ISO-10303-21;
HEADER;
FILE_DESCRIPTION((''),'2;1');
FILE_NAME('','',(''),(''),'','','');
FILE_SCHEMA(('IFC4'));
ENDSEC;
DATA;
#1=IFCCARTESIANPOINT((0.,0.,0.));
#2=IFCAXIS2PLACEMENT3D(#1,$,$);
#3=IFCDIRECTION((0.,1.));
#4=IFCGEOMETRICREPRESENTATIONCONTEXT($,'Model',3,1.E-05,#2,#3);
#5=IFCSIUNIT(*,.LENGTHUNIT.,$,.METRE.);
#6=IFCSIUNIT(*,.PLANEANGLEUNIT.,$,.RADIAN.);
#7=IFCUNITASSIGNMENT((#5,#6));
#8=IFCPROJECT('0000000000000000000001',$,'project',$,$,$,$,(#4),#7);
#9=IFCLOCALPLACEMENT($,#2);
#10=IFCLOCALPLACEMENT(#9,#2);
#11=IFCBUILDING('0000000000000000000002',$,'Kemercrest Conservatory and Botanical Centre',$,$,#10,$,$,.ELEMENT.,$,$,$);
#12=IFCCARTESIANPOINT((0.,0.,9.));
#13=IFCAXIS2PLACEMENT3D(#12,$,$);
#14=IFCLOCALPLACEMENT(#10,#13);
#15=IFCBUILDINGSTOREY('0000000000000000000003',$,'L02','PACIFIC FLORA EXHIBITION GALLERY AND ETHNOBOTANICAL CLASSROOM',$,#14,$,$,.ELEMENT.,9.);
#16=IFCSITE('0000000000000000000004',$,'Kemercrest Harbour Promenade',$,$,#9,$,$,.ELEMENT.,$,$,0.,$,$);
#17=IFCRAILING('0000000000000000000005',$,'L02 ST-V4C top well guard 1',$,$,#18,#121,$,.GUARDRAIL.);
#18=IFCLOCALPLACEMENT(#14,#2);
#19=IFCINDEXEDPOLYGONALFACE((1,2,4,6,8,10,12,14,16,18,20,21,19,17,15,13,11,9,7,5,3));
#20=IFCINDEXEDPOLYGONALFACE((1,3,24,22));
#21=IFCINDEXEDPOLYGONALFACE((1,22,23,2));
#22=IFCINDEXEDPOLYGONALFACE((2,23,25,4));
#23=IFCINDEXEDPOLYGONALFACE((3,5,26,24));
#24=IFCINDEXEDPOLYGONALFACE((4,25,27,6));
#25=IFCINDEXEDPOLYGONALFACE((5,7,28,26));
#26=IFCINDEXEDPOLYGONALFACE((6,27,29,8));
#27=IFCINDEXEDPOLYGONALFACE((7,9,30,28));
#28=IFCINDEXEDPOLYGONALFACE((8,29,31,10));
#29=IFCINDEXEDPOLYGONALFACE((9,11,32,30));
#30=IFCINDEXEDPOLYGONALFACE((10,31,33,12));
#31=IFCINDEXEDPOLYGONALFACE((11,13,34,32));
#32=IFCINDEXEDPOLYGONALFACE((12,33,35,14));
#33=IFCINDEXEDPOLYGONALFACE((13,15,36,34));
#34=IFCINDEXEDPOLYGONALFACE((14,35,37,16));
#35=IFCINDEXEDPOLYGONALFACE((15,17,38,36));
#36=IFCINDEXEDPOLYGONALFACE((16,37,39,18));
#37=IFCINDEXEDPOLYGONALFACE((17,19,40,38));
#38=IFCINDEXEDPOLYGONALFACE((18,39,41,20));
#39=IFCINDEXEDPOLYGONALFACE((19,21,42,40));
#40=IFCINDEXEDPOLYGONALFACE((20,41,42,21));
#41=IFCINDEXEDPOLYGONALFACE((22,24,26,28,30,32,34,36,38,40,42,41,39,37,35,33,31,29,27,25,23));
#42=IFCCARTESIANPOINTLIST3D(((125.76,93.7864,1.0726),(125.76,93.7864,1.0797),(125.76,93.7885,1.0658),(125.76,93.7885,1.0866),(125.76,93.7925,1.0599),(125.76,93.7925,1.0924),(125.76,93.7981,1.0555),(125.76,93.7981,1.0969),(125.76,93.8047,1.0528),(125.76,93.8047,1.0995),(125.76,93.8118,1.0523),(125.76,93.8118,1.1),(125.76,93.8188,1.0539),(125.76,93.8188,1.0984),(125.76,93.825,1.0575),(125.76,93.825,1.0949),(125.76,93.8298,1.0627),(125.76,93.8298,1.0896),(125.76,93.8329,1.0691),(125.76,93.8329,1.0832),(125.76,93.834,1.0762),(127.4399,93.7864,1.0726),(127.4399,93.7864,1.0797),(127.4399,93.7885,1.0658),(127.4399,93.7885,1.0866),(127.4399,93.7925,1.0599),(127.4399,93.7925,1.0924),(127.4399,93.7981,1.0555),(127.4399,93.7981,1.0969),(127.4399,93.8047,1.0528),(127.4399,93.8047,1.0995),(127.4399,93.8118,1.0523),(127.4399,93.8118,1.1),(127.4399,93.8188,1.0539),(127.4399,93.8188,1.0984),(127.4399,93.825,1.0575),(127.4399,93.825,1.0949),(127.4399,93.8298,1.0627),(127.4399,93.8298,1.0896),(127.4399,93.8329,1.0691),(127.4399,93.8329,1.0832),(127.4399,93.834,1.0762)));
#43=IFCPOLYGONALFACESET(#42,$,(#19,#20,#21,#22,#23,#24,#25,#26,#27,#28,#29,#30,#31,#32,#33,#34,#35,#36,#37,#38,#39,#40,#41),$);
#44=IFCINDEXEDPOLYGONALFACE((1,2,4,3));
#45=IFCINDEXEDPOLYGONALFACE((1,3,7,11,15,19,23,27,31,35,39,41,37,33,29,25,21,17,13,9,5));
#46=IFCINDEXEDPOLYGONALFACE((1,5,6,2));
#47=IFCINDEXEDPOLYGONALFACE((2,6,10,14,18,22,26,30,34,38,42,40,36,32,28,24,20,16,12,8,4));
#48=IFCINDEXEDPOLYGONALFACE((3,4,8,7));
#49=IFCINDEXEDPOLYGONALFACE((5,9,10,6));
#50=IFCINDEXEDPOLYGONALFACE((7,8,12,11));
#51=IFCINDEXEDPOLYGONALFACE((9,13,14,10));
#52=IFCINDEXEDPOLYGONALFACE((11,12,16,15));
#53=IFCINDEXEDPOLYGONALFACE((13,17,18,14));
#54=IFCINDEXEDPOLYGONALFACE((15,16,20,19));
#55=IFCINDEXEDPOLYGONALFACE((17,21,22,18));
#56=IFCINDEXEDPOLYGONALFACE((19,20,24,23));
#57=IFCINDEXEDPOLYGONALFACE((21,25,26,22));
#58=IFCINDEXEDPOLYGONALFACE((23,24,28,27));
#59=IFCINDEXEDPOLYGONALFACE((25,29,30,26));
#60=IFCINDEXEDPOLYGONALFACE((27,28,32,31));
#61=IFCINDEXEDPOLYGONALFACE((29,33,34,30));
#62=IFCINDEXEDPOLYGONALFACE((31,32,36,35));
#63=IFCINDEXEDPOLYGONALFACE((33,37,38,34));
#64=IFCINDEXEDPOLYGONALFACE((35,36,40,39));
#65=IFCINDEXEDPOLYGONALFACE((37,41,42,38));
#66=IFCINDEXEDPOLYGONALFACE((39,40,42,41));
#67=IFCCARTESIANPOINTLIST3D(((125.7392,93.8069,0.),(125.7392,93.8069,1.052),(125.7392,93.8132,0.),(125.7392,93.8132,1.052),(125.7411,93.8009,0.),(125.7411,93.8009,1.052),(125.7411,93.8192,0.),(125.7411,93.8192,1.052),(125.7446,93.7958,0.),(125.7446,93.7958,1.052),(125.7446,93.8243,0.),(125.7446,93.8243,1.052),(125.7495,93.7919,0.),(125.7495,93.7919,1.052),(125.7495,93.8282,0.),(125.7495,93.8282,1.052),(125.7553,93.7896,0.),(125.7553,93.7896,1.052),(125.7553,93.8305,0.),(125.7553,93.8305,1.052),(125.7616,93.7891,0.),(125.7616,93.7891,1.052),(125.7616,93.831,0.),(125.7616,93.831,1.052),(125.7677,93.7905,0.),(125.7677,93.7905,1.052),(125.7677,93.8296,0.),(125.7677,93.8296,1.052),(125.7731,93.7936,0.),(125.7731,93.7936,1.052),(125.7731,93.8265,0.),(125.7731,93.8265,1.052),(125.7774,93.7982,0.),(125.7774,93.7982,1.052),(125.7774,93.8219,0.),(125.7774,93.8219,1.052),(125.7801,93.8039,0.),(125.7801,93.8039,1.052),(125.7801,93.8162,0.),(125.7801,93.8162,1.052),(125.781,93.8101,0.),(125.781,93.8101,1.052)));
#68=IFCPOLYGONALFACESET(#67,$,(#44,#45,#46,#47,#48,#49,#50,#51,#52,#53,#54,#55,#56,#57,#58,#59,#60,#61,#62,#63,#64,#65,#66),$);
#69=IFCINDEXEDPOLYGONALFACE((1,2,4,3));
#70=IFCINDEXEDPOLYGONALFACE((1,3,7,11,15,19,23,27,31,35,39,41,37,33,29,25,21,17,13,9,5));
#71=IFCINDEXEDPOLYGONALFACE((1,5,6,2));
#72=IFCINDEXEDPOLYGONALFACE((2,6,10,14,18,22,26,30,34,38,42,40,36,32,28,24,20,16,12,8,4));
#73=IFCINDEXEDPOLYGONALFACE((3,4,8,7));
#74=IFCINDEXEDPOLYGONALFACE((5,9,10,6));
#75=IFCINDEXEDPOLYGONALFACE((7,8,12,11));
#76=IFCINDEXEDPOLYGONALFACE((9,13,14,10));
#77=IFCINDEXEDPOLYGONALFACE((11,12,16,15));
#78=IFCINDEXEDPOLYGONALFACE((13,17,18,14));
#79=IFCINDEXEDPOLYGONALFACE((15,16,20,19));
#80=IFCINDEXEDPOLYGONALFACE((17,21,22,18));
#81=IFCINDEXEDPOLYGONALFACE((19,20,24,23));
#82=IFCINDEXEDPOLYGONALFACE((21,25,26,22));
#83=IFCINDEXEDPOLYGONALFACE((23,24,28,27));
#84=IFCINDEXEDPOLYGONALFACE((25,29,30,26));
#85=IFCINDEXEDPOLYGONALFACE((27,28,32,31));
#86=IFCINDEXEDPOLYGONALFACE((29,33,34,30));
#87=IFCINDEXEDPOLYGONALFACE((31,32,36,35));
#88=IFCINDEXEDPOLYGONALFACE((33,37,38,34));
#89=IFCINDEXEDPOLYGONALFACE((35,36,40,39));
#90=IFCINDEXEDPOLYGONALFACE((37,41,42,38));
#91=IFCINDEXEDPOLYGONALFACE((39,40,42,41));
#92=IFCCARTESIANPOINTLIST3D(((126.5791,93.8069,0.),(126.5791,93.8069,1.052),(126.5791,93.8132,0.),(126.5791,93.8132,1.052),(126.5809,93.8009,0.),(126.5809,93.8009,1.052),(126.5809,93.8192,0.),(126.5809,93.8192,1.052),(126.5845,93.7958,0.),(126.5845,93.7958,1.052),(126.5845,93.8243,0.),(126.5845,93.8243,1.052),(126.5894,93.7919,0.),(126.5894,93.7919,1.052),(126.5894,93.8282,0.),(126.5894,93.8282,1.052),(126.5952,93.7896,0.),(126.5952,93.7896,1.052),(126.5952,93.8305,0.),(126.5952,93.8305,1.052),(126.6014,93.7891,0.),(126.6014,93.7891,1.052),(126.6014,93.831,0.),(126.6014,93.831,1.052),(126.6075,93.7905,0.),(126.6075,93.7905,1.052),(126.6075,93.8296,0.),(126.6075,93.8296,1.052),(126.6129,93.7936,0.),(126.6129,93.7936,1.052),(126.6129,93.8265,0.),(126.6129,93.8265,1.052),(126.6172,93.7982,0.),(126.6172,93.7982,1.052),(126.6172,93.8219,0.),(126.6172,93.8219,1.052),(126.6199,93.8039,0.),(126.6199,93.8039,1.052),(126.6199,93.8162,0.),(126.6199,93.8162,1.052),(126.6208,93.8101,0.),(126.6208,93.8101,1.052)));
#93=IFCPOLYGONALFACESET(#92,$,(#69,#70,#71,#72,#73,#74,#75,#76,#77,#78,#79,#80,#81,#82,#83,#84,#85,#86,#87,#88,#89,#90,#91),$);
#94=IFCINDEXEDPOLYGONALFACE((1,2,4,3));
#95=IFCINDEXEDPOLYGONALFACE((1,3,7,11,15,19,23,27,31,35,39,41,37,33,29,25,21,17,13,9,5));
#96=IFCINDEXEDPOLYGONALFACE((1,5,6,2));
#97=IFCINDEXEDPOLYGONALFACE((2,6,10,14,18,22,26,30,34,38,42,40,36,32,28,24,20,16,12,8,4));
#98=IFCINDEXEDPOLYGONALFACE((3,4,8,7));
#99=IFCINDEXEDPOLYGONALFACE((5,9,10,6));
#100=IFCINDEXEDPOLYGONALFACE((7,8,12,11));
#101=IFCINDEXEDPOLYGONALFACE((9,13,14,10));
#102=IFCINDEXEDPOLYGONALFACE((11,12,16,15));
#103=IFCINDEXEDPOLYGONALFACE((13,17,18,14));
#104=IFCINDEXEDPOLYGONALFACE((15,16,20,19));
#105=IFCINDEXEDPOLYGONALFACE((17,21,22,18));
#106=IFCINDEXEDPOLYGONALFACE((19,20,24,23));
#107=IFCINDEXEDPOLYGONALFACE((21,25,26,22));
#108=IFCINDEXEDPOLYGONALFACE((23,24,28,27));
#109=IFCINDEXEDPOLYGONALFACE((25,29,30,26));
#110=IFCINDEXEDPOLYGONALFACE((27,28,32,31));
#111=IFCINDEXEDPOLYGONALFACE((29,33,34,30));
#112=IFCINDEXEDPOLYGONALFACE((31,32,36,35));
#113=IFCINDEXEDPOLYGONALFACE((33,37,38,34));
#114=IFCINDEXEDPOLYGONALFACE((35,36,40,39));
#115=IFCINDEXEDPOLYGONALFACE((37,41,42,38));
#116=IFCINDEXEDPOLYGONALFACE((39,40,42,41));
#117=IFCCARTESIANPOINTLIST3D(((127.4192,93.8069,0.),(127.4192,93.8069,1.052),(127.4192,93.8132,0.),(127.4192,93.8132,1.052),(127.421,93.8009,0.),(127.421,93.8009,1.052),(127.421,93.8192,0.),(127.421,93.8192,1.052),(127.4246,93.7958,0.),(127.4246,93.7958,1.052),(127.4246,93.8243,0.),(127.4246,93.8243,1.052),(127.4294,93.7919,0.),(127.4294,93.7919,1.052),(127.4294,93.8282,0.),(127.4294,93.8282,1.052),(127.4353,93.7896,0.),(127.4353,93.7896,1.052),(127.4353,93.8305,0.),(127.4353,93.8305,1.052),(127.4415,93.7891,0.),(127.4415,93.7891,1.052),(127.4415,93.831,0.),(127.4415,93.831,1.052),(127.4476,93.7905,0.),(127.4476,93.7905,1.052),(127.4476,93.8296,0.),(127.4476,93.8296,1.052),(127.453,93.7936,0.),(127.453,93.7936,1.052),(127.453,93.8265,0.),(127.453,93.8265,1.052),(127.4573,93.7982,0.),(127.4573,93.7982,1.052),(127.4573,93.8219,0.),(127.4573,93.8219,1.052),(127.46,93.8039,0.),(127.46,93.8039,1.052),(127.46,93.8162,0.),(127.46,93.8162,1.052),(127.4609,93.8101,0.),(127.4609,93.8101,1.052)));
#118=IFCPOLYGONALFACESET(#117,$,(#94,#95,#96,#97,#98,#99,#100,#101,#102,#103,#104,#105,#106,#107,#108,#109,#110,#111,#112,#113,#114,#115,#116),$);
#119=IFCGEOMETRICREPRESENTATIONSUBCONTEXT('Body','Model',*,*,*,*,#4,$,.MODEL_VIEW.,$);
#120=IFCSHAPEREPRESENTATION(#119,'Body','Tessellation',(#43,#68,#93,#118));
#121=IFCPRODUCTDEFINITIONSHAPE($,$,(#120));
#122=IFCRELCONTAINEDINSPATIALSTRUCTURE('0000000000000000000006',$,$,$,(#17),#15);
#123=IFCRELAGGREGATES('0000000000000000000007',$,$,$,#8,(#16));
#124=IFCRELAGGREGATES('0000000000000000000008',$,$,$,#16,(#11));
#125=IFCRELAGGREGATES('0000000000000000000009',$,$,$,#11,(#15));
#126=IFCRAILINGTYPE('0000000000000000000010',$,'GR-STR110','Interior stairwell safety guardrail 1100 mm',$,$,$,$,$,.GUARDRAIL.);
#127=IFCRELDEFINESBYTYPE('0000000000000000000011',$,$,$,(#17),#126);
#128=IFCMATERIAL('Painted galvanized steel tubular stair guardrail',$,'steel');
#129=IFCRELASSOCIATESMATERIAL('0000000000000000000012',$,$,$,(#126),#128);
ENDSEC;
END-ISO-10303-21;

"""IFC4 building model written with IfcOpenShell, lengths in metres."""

from ifc_helpers import new_model, si_unit, direction, frame, origin, origin_2d, place, context, subcontext, project, spatial, circle, extrude, material, type_object, element, save


model = new_model("IFC4")

# Units and contexts
model_context = context("Model", 3, precision=1e-05, world=origin(), true_north=direction((0.0, 1.0)))
body_context = subcontext(model_context, "Body", "Model", "MODEL_VIEW")
ifc_project = project(units=[si_unit("LENGTHUNIT", "METRE"), si_unit("PLANEANGLEUNIT", "RADIAN")], contexts=[model_context])

# Site, building, storey
site_placement = place(None, origin())
site = spatial("IfcSite", under=ifc_project, at=site_placement, Name="Kemercrest Harbour Promenade", CompositionType="ELEMENT", RefElevation=0.0)
building_placement = place(site_placement, origin())
building = spatial("IfcBuilding", under=site, at=building_placement, Name="Kemercrest Conservatory and Botanical Centre", CompositionType="ELEMENT")
storey_placement = place(building_placement, frame((0.0, 0.0, 9.0)))
storey = spatial("IfcBuildingStorey", under=building, at=storey_placement, Name="L02", Description="PACIFIC FLORA EXHIBITION GALLERY AND ETHNOBOTANICAL CLASSROOM", CompositionType="ELEMENT", Elevation=9.0)

# Railing
ifc_material_1 = material(Name="Painted galvanized steel tubular stair guardrail", Category="steel")
railing_type = type_object("IfcRailingType", Name="GR-STR110", Description="Interior stairwell safety guardrail 1100 mm", PredefinedType="GUARDRAIL", material=ifc_material_1)
railing_placement = place(storey_placement, frame((125.76, 93.8101, 0.0)))
element("IfcRailing", 1, at=railing_placement, inside=storey, type_object=railing_type, Name="L02 ST-V4C top well guard 1", PredefinedType="GUARDRAIL", context=body_context, shape_type="SweptSolid", body=[
    extrude(circle(Radius=0.0239, at=origin_2d()), frame((0.0, 0.0, 1.0762), z_axis=(1.0, 0.0, 0.0), x_axis=(0.0, 1.0, 0.0)), (0.0, 0.0, 1.0), 1.6799),
    extrude(circle(Radius=0.021, at=origin_2d()), origin(), (0.0, 0.0, 1.0), 1.052),
    extrude(circle(Radius=0.021, at=origin_2d()), frame((0.8398, 0.0, 0.0)), (0.0, 0.0, 1.0), 1.052),
    extrude(circle(Radius=0.021, at=origin_2d()), frame((1.6799, 0.0, 0.0)), (0.0, 0.0, 1.0), 1.052),
])

save(model, "model.ifc")
